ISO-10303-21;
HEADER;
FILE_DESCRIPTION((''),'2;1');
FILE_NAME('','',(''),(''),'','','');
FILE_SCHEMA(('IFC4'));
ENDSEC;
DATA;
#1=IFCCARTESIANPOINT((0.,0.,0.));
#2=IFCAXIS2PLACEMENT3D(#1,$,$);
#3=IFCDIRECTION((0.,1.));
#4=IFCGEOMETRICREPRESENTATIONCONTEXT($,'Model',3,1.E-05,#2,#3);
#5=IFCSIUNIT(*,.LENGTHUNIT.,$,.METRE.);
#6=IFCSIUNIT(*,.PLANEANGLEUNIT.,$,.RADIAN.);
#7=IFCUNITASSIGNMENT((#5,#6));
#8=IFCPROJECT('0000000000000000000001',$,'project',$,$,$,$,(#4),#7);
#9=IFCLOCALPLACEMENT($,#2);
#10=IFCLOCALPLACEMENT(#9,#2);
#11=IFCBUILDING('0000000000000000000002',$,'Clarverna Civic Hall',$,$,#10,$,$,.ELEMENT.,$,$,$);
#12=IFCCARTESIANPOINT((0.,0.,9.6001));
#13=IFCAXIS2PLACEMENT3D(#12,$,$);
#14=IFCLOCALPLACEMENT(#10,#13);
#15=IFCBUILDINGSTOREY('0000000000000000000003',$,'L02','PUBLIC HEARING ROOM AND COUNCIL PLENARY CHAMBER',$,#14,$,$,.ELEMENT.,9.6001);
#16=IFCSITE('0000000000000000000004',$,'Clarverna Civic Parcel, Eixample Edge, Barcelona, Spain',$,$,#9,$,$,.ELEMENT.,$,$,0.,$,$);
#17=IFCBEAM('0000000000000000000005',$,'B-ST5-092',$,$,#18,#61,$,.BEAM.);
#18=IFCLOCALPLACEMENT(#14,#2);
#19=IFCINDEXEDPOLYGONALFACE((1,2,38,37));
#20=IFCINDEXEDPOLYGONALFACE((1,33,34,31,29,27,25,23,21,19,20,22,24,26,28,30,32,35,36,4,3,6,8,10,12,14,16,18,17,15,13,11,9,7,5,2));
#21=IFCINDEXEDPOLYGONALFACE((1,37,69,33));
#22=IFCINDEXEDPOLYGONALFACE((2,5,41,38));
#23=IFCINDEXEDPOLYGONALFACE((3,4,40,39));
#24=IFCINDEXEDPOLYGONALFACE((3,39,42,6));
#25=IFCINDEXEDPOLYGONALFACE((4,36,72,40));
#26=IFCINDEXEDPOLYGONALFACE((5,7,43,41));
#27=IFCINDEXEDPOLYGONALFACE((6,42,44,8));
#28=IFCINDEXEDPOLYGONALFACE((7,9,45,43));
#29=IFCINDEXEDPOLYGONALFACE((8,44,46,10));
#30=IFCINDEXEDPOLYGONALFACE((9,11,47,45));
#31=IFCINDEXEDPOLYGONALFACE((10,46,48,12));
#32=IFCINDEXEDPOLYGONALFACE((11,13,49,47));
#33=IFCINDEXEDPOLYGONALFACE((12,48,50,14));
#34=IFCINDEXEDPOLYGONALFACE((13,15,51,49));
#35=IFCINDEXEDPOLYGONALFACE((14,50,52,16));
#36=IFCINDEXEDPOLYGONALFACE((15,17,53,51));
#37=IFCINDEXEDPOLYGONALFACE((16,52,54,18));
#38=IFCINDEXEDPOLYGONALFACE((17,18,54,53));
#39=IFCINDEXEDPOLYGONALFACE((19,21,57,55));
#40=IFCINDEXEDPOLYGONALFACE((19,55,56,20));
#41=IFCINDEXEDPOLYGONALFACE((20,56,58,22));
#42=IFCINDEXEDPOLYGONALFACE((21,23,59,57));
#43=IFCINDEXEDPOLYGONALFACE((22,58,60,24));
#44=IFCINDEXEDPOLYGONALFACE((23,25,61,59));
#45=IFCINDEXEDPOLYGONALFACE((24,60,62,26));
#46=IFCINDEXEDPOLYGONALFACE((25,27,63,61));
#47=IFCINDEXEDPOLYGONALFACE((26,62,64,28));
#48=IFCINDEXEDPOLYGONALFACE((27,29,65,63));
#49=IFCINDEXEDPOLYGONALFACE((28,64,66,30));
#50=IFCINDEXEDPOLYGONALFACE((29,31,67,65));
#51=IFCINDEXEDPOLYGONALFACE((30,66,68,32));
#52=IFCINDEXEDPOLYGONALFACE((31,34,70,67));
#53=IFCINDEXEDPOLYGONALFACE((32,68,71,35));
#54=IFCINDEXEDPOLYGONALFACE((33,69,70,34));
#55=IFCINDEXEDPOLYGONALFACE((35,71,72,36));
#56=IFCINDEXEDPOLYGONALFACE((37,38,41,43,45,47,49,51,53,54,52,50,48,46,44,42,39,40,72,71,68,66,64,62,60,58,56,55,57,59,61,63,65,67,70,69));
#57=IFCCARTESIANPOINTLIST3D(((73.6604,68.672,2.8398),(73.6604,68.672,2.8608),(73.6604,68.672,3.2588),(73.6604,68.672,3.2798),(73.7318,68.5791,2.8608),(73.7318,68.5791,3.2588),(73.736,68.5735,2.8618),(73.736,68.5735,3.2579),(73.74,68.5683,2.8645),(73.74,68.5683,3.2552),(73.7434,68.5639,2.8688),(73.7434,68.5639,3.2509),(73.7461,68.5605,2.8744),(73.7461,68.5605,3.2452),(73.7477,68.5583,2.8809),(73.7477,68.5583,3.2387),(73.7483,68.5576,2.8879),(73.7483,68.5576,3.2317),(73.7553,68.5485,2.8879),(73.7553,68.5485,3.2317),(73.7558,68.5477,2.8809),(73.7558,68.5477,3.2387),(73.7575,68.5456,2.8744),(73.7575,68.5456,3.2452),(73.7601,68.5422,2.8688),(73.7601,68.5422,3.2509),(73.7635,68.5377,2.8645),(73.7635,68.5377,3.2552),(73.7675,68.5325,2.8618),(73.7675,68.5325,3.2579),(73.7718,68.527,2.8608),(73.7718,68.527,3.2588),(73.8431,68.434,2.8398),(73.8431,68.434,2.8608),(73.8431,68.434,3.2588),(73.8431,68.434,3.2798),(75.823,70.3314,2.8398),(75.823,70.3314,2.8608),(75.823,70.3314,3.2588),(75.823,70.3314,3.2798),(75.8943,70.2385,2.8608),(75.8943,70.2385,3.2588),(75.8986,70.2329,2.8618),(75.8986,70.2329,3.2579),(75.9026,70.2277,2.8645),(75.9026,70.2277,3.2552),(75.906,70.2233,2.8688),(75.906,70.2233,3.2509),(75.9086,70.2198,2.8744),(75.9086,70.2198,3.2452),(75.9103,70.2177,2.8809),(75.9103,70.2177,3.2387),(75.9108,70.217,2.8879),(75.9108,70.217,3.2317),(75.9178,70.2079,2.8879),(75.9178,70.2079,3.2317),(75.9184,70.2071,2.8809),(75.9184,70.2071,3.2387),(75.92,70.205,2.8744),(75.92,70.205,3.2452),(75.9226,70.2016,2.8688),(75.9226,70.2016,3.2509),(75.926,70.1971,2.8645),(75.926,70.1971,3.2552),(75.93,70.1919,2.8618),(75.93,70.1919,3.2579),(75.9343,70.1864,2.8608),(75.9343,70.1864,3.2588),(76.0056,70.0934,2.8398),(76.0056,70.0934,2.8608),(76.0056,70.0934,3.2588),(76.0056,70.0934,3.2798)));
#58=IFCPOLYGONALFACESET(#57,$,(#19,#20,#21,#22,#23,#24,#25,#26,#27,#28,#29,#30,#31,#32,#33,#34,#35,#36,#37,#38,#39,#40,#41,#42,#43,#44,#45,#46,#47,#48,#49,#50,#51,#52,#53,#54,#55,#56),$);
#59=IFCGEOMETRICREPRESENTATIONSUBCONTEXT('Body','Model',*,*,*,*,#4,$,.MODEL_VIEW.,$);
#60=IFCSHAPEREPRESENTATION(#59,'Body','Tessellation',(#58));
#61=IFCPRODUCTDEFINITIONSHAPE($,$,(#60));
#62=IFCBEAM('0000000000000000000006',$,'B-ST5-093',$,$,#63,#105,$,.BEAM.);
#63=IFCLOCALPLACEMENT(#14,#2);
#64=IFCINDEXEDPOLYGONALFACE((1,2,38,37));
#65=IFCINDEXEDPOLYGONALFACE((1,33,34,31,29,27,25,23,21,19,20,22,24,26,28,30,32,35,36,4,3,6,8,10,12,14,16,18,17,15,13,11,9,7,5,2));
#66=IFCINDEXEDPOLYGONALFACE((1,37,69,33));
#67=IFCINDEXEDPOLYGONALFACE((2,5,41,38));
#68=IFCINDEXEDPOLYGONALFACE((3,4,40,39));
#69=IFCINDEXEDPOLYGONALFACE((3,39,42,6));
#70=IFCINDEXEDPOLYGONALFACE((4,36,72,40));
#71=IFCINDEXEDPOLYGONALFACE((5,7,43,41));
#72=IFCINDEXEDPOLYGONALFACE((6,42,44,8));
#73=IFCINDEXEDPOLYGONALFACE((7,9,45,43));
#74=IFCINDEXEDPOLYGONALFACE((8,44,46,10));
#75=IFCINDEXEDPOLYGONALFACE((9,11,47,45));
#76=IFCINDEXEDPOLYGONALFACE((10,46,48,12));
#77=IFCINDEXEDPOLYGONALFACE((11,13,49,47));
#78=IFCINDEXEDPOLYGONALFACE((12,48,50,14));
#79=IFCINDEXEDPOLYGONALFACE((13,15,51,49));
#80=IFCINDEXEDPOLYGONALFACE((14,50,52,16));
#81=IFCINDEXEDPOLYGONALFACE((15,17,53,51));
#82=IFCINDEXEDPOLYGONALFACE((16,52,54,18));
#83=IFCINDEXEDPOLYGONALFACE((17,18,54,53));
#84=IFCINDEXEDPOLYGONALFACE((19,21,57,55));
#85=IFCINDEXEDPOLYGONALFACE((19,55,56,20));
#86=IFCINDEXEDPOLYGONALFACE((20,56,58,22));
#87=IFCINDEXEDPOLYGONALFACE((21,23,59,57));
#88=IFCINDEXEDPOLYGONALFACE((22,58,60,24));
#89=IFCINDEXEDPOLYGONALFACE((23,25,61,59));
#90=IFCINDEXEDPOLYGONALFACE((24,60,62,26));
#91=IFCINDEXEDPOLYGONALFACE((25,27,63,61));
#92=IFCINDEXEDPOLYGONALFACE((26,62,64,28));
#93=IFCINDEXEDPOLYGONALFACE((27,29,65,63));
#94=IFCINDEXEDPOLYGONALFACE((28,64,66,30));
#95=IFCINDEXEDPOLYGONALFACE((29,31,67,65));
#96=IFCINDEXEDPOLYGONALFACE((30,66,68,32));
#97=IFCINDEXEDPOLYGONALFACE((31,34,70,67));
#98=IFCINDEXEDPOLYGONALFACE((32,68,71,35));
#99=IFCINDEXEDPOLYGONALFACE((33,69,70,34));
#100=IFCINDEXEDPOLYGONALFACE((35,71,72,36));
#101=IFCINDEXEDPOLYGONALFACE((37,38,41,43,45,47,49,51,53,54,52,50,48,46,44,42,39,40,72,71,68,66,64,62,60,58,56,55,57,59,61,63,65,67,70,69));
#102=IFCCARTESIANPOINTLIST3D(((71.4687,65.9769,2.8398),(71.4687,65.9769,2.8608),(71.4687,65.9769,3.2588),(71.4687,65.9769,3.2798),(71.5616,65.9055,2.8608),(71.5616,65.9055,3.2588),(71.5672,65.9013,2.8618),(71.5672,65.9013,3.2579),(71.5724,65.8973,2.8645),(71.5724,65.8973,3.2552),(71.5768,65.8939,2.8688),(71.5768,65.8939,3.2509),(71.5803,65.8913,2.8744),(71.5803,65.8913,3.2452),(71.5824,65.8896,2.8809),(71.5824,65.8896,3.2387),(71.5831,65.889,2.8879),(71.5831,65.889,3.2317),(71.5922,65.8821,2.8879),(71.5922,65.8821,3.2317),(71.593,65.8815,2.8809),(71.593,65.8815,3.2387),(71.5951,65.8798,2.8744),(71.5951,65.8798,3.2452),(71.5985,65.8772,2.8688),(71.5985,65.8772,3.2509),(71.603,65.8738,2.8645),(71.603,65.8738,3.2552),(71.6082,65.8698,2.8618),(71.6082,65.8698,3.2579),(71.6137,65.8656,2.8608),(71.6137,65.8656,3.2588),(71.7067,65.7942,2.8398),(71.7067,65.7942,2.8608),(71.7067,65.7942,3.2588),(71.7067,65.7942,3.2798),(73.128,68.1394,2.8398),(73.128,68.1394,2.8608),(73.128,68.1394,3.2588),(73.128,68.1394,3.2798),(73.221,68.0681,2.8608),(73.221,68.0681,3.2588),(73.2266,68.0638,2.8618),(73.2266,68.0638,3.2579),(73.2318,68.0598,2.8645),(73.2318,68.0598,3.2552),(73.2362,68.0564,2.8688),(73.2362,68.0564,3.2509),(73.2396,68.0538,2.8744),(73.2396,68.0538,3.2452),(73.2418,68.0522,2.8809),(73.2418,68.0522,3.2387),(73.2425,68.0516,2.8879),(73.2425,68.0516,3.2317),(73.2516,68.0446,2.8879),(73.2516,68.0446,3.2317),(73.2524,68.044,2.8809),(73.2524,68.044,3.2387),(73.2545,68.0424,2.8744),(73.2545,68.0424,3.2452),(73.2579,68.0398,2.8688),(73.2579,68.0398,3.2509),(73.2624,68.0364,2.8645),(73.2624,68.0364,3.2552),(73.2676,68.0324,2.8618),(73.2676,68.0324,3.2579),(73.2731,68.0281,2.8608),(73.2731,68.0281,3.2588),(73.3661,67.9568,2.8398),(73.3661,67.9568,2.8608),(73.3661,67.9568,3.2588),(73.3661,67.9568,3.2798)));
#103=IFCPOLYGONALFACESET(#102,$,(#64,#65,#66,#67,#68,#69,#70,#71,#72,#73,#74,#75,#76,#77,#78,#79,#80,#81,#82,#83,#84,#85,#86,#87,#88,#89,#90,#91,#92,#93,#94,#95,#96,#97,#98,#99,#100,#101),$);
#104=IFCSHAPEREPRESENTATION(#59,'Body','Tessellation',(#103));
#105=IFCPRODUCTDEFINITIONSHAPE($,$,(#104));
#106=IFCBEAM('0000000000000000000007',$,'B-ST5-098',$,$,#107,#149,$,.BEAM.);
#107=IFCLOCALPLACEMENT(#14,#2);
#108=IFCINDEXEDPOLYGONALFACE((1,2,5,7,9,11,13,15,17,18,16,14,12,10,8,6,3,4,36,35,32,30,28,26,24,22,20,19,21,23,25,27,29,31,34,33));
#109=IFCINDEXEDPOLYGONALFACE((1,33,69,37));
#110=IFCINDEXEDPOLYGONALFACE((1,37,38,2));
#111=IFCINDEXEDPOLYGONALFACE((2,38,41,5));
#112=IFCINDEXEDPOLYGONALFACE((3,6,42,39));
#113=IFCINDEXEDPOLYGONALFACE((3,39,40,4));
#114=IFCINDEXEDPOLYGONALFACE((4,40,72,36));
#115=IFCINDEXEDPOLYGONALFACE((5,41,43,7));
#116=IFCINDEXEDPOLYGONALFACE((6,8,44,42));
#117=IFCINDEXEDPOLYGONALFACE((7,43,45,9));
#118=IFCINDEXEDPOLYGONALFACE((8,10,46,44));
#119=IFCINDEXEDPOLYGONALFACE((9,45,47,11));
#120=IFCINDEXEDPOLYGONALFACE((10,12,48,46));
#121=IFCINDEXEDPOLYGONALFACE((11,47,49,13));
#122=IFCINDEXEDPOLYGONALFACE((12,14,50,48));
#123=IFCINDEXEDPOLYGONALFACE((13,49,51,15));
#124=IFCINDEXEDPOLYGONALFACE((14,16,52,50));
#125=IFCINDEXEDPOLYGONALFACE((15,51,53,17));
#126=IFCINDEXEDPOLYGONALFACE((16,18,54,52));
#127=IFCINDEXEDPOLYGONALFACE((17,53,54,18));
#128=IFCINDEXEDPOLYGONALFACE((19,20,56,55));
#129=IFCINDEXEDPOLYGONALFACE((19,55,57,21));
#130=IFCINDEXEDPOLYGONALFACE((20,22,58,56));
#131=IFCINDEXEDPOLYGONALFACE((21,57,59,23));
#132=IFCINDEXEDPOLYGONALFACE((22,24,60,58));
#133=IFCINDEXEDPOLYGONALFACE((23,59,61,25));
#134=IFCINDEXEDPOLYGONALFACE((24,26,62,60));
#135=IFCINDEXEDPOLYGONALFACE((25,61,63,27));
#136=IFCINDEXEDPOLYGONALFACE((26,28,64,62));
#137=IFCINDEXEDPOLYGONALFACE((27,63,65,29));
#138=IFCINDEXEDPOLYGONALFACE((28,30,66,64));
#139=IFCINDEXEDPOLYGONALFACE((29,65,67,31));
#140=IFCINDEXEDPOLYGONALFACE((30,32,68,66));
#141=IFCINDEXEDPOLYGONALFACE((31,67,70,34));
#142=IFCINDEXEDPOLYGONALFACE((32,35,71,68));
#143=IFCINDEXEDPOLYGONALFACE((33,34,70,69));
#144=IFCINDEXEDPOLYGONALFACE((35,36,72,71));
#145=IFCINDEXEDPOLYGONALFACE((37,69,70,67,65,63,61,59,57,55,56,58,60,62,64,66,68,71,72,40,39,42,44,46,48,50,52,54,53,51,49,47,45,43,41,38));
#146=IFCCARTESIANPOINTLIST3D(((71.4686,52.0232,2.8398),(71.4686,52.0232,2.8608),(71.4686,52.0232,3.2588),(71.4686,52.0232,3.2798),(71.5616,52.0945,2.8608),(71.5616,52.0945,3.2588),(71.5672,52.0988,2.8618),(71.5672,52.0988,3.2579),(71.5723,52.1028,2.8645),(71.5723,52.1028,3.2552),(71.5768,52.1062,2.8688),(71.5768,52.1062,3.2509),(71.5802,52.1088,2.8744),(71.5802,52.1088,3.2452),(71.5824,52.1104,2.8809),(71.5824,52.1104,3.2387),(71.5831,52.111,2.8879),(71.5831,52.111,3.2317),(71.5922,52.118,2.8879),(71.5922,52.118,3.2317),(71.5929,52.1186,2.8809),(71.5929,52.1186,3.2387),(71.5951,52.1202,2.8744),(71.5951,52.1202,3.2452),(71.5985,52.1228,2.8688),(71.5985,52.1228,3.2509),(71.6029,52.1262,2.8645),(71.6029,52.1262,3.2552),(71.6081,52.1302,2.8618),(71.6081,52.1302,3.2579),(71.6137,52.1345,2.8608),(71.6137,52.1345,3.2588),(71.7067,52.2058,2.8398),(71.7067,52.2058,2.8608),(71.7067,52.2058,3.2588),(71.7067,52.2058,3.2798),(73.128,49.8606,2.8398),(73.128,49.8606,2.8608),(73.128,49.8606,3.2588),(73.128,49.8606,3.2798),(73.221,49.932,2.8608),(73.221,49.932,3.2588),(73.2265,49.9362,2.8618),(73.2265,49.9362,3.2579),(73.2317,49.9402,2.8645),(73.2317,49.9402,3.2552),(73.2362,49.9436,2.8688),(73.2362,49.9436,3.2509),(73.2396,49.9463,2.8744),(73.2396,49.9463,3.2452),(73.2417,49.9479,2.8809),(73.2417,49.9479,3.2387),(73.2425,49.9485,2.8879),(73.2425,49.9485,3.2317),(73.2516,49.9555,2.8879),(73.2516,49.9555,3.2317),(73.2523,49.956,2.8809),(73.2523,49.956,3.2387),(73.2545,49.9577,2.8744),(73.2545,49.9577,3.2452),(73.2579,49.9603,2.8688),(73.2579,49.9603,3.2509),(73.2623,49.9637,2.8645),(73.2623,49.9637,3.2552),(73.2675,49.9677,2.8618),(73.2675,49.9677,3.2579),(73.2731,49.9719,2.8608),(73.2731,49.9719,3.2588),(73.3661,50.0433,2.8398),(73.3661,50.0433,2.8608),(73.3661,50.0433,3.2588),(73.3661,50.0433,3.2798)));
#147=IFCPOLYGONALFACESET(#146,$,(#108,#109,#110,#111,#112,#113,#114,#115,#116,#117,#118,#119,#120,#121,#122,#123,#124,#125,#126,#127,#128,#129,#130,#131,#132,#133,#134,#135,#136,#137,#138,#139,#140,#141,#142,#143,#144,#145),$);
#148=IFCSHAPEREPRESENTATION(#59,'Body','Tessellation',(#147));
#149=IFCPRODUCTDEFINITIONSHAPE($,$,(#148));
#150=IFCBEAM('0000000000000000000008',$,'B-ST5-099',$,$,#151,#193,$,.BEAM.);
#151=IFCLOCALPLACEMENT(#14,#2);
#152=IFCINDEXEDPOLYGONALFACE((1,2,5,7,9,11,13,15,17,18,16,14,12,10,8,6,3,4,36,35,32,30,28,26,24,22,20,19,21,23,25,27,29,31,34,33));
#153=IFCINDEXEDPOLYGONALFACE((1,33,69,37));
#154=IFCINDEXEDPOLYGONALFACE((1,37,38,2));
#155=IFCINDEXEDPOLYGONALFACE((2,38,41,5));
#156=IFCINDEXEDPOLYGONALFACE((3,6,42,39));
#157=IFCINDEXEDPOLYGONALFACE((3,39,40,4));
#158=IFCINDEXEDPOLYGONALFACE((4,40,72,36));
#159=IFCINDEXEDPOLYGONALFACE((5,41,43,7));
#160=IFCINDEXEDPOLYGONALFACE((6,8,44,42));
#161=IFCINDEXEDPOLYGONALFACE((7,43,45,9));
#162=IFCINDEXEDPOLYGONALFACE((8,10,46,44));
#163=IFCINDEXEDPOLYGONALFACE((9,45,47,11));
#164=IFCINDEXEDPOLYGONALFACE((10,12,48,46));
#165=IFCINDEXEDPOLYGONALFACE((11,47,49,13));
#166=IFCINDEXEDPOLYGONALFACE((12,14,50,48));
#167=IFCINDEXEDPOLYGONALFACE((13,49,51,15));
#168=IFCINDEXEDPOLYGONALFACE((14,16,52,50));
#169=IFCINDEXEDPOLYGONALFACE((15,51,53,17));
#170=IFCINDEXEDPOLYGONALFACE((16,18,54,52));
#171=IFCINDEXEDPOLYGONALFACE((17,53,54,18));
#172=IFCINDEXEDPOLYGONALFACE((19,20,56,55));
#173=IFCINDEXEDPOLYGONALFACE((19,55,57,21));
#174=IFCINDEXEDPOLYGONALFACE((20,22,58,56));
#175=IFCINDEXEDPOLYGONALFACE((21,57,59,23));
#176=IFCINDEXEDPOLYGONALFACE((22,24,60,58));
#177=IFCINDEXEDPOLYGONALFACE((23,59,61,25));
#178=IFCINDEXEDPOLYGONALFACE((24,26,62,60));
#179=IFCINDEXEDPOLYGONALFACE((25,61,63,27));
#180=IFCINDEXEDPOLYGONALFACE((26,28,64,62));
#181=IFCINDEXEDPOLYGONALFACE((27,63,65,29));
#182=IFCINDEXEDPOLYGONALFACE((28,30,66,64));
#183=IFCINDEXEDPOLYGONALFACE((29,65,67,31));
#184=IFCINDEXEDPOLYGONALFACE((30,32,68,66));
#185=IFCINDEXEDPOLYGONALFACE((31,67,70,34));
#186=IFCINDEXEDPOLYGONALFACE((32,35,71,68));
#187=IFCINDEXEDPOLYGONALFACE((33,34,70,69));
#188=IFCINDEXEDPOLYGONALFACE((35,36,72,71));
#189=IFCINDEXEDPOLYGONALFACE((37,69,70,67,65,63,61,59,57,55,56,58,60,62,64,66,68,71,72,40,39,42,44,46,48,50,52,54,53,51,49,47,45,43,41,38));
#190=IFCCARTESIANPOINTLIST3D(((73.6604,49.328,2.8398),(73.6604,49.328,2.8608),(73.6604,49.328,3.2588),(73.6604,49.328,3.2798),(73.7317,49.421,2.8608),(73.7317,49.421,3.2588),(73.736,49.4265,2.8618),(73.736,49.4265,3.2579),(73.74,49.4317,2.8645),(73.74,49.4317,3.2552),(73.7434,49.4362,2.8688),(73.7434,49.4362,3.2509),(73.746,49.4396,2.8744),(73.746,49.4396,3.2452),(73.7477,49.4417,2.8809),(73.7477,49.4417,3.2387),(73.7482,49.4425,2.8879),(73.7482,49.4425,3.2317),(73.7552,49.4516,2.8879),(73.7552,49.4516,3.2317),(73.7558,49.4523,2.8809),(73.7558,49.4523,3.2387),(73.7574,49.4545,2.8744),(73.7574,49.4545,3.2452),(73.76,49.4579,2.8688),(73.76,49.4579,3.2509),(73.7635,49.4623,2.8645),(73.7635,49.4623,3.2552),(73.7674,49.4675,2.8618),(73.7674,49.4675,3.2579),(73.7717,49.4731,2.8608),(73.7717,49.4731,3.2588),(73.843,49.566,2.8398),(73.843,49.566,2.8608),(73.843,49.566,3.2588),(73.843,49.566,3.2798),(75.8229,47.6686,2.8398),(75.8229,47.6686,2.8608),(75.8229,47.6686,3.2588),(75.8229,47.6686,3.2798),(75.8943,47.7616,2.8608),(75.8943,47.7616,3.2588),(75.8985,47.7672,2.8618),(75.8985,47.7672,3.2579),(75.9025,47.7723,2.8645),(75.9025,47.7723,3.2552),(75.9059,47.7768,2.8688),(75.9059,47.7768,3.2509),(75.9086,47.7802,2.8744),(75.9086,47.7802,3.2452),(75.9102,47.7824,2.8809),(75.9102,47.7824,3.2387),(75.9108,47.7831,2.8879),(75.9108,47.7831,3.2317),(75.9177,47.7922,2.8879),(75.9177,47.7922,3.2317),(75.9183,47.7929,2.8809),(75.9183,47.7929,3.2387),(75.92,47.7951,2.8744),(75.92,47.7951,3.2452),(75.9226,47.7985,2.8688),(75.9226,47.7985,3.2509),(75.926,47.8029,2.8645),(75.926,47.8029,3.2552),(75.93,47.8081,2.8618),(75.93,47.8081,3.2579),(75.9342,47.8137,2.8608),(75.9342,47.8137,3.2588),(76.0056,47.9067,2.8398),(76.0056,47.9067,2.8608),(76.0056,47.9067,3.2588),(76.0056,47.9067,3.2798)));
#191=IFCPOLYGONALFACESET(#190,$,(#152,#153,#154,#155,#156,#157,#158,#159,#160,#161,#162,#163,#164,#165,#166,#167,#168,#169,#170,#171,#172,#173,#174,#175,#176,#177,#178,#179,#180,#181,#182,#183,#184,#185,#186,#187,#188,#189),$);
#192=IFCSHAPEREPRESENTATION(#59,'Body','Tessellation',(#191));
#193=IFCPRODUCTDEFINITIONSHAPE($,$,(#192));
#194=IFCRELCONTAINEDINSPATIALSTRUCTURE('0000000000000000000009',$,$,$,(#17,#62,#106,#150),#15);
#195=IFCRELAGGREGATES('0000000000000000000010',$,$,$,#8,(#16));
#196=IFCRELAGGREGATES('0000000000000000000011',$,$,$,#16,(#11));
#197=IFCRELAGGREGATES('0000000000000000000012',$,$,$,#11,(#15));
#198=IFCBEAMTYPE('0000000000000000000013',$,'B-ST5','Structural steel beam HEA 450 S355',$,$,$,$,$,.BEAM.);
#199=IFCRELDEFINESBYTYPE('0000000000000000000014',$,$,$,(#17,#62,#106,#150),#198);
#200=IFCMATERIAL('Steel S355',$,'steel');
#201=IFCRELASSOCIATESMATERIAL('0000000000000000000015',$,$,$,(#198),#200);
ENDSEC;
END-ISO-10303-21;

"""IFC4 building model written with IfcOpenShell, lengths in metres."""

from ifc_helpers import new_model, si_unit, direction, frame, origin, origin_2d, place, context, subcontext, project, spatial, i_section, extrude, material, material_profile, profile_set, type_object, element, save


model = new_model("IFC4")

# Units and contexts
model_context = context("Model", 3, precision=1e-05, world=origin(), true_north=direction((0.0, 1.0)))
body_context = subcontext(model_context, "Body", "Model", "MODEL_VIEW")
ifc_project = project(units=[si_unit("LENGTHUNIT", "METRE"), si_unit("PLANEANGLEUNIT", "RADIAN")], contexts=[model_context])

# Site, building, storey
site_placement = place(None, origin())
site = spatial("IfcSite", under=ifc_project, at=site_placement, Name="Clarverna Civic Parcel, Eixample Edge, Barcelona, Spain", CompositionType="ELEMENT", RefElevation=0.0)
building_placement = place(site_placement, origin())
building = spatial("IfcBuilding", under=site, at=building_placement, Name="Clarverna Civic Hall", CompositionType="ELEMENT")
storey_placement = place(building_placement, frame((0.0, 0.0, 9.6001)))
storey = spatial("IfcBuildingStorey", under=building, at=storey_placement, Name="L02", Description="PUBLIC HEARING ROOM AND COUNCIL PLENARY CHAMBER", CompositionType="ELEMENT", Elevation=9.6001)

# Beams
ifc_material_1 = material(Name="Steel S355", Category="steel")
ifc_material_profile_1 = material_profile(ifc_material_1, i_section(OverallWidth=0.3, OverallDepth=0.4399, WebThickness=0.0115, FlangeThickness=0.021, FilletRadius=0.0271, at=origin_2d()), Name="HEA 450")
ifc_profile_set_1 = profile_set([ifc_material_profile_1], Name="Steel S355")
beam_type_1 = type_object("IfcBeamType", Name="B-ST5", Description="Structural steel beam HEA 450 S355", PredefinedType="BEAM", material=ifc_profile_set_1)
for number, where, z_axis, x_axis, name in (
    (1, (75.9143, 70.2124, 3.0598), (-0.793353, -0.608762, 0.0), (0.608762, -0.793353, 0.0), "B-ST5-092"),
    (2, (73.2471, 68.0481, 3.0598), (-0.608762, -0.793353, 0.0), (0.793353, -0.608762, 0.0), "B-ST5-093"),
    (3, (71.5876, 52.1145, 3.0598), (0.608762, -0.793353, 0.0), (0.793353, 0.608762, 0.0), "B-ST5-098"),
    (4, (73.7517, 49.447, 3.0598), (0.793353, -0.608762, 0.0), (0.608762, 0.793353, 0.0), "B-ST5-099"),
):
    element("IfcBeam", number, at=place(storey_placement, frame(where, z_axis=z_axis, x_axis=x_axis)), inside=storey, type_object=beam_type_1, Name=name, PredefinedType="BEAM", context=body_context, shape_type="SweptSolid", body=[
        extrude(i_section(OverallWidth=0.3, OverallDepth=0.4399, WebThickness=0.0115, FlangeThickness=0.021, FilletRadius=0.0271, at=origin_2d()), origin(), (0.0, 0.0, 1.0), 2.7258),
    ])

save(model, "model.ifc")
